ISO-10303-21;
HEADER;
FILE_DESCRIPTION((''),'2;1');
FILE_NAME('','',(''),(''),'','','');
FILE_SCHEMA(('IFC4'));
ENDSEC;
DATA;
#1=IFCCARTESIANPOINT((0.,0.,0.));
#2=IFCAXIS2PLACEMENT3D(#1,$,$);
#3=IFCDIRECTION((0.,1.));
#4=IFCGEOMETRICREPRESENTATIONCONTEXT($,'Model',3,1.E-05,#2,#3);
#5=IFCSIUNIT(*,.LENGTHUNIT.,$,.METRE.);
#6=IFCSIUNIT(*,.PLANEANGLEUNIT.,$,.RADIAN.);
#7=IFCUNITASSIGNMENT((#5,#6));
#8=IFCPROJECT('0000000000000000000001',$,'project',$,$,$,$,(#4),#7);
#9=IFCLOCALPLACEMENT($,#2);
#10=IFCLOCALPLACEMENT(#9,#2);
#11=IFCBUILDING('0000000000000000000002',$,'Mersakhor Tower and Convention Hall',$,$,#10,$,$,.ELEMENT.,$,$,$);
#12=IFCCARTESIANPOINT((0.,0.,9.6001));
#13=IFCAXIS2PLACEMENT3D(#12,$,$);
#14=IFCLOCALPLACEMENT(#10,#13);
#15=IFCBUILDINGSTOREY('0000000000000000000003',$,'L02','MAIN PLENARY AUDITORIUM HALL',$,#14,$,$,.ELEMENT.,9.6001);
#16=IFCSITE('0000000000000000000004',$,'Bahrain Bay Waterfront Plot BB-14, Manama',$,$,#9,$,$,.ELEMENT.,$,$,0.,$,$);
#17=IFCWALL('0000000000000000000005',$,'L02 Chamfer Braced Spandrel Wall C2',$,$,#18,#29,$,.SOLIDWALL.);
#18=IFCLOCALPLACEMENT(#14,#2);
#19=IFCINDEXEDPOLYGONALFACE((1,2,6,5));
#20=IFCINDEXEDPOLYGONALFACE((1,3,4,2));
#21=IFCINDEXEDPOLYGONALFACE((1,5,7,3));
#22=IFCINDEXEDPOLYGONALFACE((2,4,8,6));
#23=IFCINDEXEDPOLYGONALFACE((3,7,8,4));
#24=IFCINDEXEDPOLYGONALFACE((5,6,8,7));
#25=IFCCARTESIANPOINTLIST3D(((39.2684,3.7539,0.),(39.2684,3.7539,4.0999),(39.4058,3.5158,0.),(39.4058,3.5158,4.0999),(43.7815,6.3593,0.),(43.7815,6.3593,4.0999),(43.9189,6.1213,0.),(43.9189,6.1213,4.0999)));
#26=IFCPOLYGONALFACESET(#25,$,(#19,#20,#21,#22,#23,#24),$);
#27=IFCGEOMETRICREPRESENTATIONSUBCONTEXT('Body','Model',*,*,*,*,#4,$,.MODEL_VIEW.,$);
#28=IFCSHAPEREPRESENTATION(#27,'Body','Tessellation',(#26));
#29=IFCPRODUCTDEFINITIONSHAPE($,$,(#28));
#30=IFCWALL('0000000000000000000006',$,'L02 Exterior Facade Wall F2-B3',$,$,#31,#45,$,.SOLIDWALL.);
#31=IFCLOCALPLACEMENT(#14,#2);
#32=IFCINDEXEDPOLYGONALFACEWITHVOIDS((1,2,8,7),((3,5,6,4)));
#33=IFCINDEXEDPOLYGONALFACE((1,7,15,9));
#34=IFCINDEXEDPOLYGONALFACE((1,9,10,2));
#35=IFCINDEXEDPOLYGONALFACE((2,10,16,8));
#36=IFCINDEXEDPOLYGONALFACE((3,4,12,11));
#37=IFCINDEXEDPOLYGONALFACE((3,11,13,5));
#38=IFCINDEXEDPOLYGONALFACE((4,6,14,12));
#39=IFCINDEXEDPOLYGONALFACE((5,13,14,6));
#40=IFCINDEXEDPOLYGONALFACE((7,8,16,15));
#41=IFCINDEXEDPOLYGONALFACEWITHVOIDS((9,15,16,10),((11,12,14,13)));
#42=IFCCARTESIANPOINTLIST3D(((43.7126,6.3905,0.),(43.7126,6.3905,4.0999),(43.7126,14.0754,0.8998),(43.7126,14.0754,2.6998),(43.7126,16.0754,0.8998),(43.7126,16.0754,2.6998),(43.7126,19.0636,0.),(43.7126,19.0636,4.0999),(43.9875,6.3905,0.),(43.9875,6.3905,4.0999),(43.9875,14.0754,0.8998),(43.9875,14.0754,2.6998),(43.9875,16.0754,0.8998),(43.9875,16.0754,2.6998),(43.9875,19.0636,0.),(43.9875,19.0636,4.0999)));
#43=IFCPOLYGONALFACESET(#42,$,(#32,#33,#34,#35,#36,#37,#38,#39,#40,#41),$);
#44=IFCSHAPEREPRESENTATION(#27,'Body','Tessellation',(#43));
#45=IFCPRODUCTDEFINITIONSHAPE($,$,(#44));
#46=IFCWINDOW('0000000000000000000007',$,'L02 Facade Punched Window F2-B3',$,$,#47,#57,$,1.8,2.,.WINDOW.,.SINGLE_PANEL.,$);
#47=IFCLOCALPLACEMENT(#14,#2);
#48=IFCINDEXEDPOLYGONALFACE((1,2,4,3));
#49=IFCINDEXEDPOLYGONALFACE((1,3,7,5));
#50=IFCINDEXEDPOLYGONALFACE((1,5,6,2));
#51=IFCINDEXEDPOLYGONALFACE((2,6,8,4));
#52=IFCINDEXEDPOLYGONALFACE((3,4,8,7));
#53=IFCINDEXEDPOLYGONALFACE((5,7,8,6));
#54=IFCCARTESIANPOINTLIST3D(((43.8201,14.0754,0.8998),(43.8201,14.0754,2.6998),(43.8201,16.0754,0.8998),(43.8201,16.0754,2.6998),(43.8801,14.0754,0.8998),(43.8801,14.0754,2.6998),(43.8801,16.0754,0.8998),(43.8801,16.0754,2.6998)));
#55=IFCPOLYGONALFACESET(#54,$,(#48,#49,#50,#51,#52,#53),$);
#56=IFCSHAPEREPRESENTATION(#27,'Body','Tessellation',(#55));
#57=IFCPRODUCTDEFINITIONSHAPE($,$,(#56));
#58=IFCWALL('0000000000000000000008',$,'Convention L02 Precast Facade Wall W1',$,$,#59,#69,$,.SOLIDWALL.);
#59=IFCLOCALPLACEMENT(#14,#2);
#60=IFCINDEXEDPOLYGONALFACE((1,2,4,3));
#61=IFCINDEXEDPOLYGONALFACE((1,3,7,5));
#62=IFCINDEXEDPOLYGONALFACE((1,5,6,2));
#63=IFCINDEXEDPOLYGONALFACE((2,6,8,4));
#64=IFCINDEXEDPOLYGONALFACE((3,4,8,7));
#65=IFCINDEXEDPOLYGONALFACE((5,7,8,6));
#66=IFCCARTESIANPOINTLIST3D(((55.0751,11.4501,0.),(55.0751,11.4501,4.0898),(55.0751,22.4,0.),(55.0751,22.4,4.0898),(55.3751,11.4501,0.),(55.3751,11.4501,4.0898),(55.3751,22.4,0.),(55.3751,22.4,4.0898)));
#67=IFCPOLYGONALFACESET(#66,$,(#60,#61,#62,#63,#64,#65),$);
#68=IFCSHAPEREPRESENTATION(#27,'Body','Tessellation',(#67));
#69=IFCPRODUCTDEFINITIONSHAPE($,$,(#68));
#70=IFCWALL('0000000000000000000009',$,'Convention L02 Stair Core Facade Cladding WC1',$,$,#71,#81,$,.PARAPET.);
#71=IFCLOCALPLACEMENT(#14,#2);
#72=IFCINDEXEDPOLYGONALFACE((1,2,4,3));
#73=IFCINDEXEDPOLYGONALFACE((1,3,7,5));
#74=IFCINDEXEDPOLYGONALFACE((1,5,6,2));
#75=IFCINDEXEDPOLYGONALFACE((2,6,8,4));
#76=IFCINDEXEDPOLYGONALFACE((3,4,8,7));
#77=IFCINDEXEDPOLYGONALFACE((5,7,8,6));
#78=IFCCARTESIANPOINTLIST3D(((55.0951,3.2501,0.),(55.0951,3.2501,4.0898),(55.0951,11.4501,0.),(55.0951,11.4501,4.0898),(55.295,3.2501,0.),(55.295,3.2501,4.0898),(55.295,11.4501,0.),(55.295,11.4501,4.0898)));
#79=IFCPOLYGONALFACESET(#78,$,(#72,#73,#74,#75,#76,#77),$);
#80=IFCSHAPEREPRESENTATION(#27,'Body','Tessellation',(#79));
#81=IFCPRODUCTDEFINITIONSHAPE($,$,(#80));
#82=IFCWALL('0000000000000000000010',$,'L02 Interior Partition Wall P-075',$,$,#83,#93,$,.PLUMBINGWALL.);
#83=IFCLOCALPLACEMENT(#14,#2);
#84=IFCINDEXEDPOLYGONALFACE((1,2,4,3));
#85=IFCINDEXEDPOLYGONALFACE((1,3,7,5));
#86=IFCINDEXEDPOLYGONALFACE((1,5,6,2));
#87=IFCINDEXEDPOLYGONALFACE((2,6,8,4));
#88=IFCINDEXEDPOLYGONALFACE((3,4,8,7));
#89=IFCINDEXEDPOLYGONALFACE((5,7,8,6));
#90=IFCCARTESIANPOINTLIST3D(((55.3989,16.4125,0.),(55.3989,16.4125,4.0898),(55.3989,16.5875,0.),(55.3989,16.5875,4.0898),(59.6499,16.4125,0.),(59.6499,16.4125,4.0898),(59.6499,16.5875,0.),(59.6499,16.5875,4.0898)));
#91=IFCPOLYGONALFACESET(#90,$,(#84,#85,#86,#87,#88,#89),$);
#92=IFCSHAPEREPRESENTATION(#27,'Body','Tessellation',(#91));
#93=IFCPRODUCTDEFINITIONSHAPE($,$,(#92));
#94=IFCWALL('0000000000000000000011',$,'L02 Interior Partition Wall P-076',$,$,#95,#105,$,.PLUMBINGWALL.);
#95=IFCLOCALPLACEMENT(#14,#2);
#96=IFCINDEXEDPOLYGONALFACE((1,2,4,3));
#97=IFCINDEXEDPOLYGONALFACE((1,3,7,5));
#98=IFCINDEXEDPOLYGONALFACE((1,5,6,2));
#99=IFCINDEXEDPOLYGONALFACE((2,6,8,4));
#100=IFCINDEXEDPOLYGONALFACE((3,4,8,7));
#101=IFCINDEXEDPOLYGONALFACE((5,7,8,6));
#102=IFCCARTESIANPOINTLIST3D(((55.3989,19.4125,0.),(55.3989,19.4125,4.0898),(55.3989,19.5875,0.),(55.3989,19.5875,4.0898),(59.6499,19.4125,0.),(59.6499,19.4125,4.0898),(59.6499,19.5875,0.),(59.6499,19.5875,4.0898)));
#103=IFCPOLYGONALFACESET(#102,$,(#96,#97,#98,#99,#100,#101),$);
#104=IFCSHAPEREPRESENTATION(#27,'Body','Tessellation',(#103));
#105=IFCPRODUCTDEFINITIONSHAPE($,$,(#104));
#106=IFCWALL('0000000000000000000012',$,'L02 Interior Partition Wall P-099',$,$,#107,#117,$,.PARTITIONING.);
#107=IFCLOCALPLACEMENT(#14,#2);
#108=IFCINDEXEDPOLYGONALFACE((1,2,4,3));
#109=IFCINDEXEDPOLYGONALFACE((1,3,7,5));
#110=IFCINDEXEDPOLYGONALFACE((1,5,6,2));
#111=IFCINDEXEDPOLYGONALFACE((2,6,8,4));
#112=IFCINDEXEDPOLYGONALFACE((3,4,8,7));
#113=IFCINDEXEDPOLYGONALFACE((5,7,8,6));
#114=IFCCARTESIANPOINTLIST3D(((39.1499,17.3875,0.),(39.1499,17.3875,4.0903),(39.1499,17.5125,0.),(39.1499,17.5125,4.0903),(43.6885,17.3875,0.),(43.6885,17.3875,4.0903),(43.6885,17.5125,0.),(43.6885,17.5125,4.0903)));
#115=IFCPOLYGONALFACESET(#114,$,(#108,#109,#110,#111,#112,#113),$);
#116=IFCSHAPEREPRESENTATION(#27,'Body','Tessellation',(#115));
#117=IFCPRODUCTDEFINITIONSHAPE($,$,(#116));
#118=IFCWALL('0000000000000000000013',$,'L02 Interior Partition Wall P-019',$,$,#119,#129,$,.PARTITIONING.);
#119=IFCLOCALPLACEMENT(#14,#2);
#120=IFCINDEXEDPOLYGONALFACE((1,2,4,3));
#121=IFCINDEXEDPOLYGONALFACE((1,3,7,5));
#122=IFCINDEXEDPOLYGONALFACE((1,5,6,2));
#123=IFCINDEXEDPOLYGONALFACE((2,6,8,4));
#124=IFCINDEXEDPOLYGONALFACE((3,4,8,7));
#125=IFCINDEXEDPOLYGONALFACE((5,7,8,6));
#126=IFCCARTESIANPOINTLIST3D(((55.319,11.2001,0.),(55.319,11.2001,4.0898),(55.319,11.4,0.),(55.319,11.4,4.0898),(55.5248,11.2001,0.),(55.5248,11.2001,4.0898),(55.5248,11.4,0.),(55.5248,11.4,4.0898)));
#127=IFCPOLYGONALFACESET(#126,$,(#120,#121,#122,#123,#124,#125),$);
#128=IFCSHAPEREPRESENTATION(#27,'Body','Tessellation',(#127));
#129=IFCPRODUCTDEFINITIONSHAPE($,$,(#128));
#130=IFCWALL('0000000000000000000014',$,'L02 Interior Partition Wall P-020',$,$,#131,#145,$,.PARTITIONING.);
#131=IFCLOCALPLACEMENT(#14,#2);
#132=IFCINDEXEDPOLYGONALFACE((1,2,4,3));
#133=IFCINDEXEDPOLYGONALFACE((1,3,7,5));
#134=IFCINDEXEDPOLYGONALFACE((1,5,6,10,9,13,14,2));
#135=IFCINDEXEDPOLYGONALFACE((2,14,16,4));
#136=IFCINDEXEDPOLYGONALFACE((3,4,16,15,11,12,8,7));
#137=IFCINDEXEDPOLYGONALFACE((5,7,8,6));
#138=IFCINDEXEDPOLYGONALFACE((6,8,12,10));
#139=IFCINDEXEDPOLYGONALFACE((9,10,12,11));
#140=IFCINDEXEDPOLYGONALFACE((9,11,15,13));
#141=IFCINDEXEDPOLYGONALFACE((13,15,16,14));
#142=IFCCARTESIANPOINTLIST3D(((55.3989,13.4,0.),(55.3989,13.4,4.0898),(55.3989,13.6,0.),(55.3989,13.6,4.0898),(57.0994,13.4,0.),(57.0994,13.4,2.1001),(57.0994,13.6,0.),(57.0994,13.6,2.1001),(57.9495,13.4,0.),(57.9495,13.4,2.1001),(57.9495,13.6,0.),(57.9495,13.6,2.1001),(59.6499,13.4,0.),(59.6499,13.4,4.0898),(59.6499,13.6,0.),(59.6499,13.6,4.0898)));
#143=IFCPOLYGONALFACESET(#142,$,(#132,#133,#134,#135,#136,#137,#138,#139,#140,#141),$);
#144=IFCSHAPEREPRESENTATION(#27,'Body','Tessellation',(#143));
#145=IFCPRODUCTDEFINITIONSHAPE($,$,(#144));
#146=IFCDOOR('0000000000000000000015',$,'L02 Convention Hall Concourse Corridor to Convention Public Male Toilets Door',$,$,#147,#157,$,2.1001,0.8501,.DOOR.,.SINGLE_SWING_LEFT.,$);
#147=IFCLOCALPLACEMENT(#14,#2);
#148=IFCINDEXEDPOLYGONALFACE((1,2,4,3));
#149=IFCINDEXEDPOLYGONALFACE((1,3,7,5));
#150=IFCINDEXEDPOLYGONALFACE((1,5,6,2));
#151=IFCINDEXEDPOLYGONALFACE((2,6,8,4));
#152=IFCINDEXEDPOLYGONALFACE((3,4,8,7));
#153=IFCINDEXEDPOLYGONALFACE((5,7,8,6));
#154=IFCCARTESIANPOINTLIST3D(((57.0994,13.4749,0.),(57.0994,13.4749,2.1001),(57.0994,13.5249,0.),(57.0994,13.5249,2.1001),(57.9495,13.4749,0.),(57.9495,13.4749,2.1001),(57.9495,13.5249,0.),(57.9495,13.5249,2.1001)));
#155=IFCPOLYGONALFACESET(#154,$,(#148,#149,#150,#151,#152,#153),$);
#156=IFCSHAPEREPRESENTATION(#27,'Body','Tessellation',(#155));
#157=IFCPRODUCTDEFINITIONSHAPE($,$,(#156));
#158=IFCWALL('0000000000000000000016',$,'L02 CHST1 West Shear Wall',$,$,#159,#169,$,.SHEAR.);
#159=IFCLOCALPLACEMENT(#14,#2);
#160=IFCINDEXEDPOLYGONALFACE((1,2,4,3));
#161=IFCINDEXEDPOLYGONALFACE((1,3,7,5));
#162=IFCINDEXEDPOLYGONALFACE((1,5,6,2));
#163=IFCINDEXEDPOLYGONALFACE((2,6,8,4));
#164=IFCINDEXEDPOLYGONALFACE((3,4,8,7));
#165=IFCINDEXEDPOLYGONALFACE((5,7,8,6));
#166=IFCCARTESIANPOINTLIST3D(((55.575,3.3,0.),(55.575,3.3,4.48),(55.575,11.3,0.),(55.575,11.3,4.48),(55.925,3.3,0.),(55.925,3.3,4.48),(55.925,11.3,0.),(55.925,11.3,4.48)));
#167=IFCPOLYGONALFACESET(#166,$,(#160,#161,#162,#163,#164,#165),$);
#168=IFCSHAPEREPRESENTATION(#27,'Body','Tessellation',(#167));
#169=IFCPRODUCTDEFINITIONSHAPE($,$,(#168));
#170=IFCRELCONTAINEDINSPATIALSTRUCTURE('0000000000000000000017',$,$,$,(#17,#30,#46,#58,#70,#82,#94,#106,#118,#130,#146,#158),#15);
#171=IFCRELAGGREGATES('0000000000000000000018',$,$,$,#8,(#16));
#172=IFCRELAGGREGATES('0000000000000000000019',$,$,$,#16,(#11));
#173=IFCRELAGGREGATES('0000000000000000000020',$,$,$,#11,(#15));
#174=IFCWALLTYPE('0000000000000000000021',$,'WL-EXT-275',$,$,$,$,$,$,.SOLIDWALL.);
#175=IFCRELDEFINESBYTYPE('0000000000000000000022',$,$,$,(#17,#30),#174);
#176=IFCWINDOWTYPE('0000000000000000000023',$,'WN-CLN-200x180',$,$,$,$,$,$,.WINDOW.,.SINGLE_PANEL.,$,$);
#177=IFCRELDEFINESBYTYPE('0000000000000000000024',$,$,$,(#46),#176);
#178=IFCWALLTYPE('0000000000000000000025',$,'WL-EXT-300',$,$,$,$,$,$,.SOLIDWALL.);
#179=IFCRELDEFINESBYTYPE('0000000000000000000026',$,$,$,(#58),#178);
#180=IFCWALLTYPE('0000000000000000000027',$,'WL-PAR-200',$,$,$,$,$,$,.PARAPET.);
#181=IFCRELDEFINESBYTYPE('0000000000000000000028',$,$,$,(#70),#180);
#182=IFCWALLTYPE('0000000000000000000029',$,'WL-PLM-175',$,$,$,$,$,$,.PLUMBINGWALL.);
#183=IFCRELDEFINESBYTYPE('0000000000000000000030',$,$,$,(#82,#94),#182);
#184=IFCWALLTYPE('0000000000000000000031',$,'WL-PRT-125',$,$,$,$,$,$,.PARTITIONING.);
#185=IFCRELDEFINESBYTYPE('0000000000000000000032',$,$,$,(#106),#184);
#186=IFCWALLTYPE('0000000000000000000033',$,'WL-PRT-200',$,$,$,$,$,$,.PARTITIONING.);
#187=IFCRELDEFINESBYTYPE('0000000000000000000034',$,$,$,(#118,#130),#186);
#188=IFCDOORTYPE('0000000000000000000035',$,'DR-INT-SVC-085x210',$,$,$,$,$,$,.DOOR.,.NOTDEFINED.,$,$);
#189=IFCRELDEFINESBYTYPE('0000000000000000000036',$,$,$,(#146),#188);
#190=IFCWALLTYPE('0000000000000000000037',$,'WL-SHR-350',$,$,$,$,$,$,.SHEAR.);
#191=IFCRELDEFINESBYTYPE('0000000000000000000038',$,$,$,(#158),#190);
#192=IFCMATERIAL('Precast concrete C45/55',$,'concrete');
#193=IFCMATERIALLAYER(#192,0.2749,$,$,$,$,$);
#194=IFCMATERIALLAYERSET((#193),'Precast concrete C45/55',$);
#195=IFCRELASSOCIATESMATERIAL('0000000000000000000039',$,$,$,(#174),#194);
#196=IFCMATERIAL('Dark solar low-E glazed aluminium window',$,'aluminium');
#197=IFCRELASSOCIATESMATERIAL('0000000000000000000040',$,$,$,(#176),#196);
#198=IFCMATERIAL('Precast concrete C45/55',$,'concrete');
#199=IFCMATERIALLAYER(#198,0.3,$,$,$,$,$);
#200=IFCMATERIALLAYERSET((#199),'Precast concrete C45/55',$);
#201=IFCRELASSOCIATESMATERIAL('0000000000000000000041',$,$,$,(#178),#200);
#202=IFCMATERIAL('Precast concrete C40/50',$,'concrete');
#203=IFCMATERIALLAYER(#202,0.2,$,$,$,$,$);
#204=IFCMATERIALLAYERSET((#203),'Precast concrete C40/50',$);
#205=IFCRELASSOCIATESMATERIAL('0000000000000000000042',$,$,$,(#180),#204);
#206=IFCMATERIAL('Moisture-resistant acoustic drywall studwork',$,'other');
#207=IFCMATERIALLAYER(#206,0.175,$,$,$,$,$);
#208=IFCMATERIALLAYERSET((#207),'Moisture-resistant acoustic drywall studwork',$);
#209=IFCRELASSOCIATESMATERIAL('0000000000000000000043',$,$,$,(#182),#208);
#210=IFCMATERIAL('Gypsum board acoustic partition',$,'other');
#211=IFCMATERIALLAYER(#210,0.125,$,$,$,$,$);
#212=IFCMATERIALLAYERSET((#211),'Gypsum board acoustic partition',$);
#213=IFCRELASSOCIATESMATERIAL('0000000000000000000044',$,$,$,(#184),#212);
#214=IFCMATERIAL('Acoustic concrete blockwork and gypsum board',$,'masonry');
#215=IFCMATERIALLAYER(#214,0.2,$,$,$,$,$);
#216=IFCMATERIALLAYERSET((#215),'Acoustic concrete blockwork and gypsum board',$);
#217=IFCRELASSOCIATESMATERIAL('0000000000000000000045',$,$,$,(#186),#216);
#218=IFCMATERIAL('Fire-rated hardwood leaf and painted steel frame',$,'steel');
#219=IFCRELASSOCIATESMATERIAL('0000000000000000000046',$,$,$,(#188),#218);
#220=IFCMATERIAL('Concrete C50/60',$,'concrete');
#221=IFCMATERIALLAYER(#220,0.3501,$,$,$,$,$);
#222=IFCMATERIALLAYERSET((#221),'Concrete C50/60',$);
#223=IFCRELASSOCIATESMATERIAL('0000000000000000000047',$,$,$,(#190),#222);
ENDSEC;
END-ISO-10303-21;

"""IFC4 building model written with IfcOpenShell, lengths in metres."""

from ifc_helpers import new_model, si_unit, direction, frame, frame_2d, origin, place, context, subcontext, project, spatial, rectangle, extrude, material, layer, layer_set, type_object, element, fill, save


model = new_model("IFC4")

# Units and contexts
model_context = context("Model", 3, precision=1e-05, world=origin(), true_north=direction((0.0, 1.0)))
body_context = subcontext(model_context, "Body", "Model", "MODEL_VIEW")
ifc_project = project(units=[si_unit("LENGTHUNIT", "METRE"), si_unit("PLANEANGLEUNIT", "RADIAN")], contexts=[model_context])

# Site, building, storey
site_placement = place(None, origin())
site = spatial("IfcSite", under=ifc_project, at=site_placement, Name="Bahrain Bay Waterfront Plot BB-14, Manama", CompositionType="ELEMENT", RefElevation=0.0)
building_placement = place(site_placement, origin())
building = spatial("IfcBuilding", under=site, at=building_placement, Name="Mersakhor Tower and Convention Hall", CompositionType="ELEMENT")
storey_placement = place(building_placement, frame((0.0, 0.0, 9.6001)))
storey = spatial("IfcBuildingStorey", under=building, at=storey_placement, Name="L02", Description="MAIN PLENARY AUDITORIUM HALL", CompositionType="ELEMENT", Elevation=9.6001)

# Wall
ifc_material_1 = material(Name="Precast concrete C45/55", Category="concrete")
ifc_layer_1 = layer(ifc_material_1, 0.2749)
ifc_layer_set_1 = layer_set([ifc_layer_1], Name="Precast concrete C45/55")
wall_type_1 = type_object("IfcWallType", Name="WL-EXT-275", PredefinedType="SOLIDWALL", material=ifc_layer_set_1)
wall_1_placement = place(storey_placement, frame((43.8501, 6.2402, 0.0), z_axis=(0.0, 0.0, 1.0), x_axis=(-0.866044, -0.499968, 0.0)))
element("IfcWall", 1, at=wall_1_placement, inside=storey, type_object=wall_type_1, Name="L02 Chamfer Braced Spandrel Wall C2", PredefinedType="SOLIDWALL", context=body_context, shape_type="SweptSolid", body=[
    extrude(rectangle(XDim=5.2112, YDim=0.2749, at=frame_2d((2.6055, 0.0))), origin(), (0.0, 0.0, 1.0), 4.0999),
])

# Wall, opening, window
wall_2_placement = place(storey_placement, frame((43.8501, 19.0635, 0.0), z_axis=(0.0, 0.0, 1.0), x_axis=(0.0, -1.0, 0.0)))
wall_2 = element("IfcWall", 2, at=wall_2_placement, inside=storey, type_object=wall_type_1, Name="L02 Exterior Facade Wall F2-B3", PredefinedType="SOLIDWALL", context=body_context, shape_type="SweptSolid", body=[
    extrude(rectangle(XDim=12.6731, YDim=0.2749, at=frame_2d((6.3364, 0.0))), origin(), (0.0, 0.0, 1.0), 4.0999),
])
opening_1_placement = place(wall_2_placement, frame((2.988, 0.0, 0.8999)))
opening_1 = element("IfcOpeningElement", 3, at=opening_1_placement, cuts=wall_2, PredefinedType="OPENING", context=body_context, shape_type="SweptSolid", body=[
    extrude(rectangle(XDim=2.0, YDim=1.8, at=frame_2d((1.0, 0.8999))), frame((0.0, 0.1475, 0.0), z_axis=(0.0, -1.0, 0.0), x_axis=(1.0, 0.0, 0.0)), (0.0, 0.0, 1.0), 0.2949),
])
ifc_material_2 = material(Name="Dark solar low-E glazed aluminium window", Category="aluminium")
window_type = type_object("IfcWindowType", Name="WN-CLN-200x180", PartitioningType="SINGLE_PANEL", PredefinedType="WINDOW", material=ifc_material_2)
window_placement = place(opening_1_placement, origin())
window = element("IfcWindow", 4, at=window_placement, inside=storey, type_object=window_type, Name="L02 Facade Punched Window F2-B3", OverallHeight=1.8, OverallWidth=2.0, PartitioningType="SINGLE_PANEL", PredefinedType="WINDOW", context=body_context, shape_type="SweptSolid", body=[
    extrude(rectangle(XDim=2.0, YDim=1.8, at=frame_2d((1.0, 0.8999))), frame((0.0, 0.03, 0.0), z_axis=(0.0, -1.0, 0.0), x_axis=(1.0, 0.0, 0.0)), (0.0, 0.0, 1.0), 0.0601),
])
fill(opening_1, window)

# Walls
ifc_material_3 = material(Name="Precast concrete C45/55", Category="concrete")
ifc_layer_2 = layer(ifc_material_3, 0.3)
ifc_layer_set_2 = layer_set([ifc_layer_2], Name="Precast concrete C45/55")
wall_type_2 = type_object("IfcWallType", Name="WL-EXT-300", PredefinedType="SOLIDWALL", material=ifc_layer_set_2)
wall_3_placement = place(storey_placement, frame((55.2251, 11.45, 0.0), z_axis=(0.0, 0.0, 1.0), x_axis=(0.0, 1.0, 0.0)))
element("IfcWall", 5, at=wall_3_placement, inside=storey, type_object=wall_type_2, Name="Convention L02 Precast Facade Wall W1", PredefinedType="SOLIDWALL", context=body_context, shape_type="SweptSolid", body=[
    extrude(rectangle(XDim=10.95, YDim=0.3, at=frame_2d((5.4751, 0.0))), origin(), (0.0, 0.0, 1.0), 4.0898),
])
ifc_material_4 = material(Name="Precast concrete C40/50", Category="concrete")
ifc_layer_3 = layer(ifc_material_4, 0.2)
ifc_layer_set_3 = layer_set([ifc_layer_3], Name="Precast concrete C40/50")
wall_type_3 = type_object("IfcWallType", Name="WL-PAR-200", PredefinedType="PARAPET", material=ifc_layer_set_3)
wall_4_placement = place(storey_placement, frame((55.1951, 3.25, 0.0), z_axis=(0.0, 0.0, 1.0), x_axis=(0.0, 1.0, 0.0)))
element("IfcWall", 6, at=wall_4_placement, inside=storey, type_object=wall_type_3, Name="Convention L02 Stair Core Facade Cladding WC1", PredefinedType="PARAPET", context=body_context, shape_type="SweptSolid", body=[
    extrude(rectangle(XDim=8.2, YDim=0.2, at=frame_2d((4.1001, 0.0))), origin(), (0.0, 0.0, 1.0), 4.0898),
])
ifc_material_5 = material(Name="Moisture-resistant acoustic drywall studwork", Category="other")
ifc_layer_4 = layer(ifc_material_5, 0.175)
ifc_layer_set_4 = layer_set([ifc_layer_4], Name="Moisture-resistant acoustic drywall studwork")
wall_type_4 = type_object("IfcWallType", Name="WL-PLM-175", PredefinedType="PLUMBINGWALL", material=ifc_layer_set_4)
for number, where, z_axis, x_axis, name in (
    (7, (55.3989, 16.5, 0.0), (0.0, 0.0, 1.0), (1.0, 0.0, 0.0), "L02 Interior Partition Wall P-075"),
    (8, (55.3989, 19.5, 0.0), (0.0, 0.0, 1.0), (1.0, 0.0, 0.0), "L02 Interior Partition Wall P-076"),
):
    element("IfcWall", number, at=place(storey_placement, frame(where, z_axis=z_axis, x_axis=x_axis)), inside=storey, type_object=wall_type_4, Name=name, PredefinedType="PLUMBINGWALL", context=body_context, shape_type="SweptSolid", body=[
        extrude(rectangle(XDim=4.251, YDim=0.175, at=frame_2d((2.1255, 0.0))), origin(), (0.0, 0.0, 1.0), 4.0898),
    ])
ifc_material_6 = material(Name="Gypsum board acoustic partition", Category="other")
ifc_layer_5 = layer(ifc_material_6, 0.125)
ifc_layer_set_5 = layer_set([ifc_layer_5], Name="Gypsum board acoustic partition")
wall_type_5 = type_object("IfcWallType", Name="WL-PRT-125", PredefinedType="PARTITIONING", material=ifc_layer_set_5)
wall_5_placement = place(storey_placement, frame((43.6885, 17.45, 0.0), z_axis=(0.0, 0.0, 1.0), x_axis=(-1.0, 0.0, 0.0)))
element("IfcWall", 9, at=wall_5_placement, inside=storey, type_object=wall_type_5, Name="L02 Interior Partition Wall P-099", PredefinedType="PARTITIONING", context=body_context, shape_type="SweptSolid", body=[
    extrude(rectangle(XDim=4.5386, YDim=0.125, at=frame_2d((2.2693, 0.0))), origin(), (0.0, 0.0, 1.0), 4.0903),
])
ifc_material_7 = material(Name="Acoustic concrete blockwork and gypsum board", Category="masonry")
ifc_layer_6 = layer(ifc_material_7, 0.2)
ifc_layer_set_6 = layer_set([ifc_layer_6], Name="Acoustic concrete blockwork and gypsum board")
wall_type_6 = type_object("IfcWallType", Name="WL-PRT-200", PredefinedType="PARTITIONING", material=ifc_layer_set_6)
wall_6_placement = place(storey_placement, frame((55.5249, 11.3, 0.0), z_axis=(0.0, 0.0, 1.0), x_axis=(-1.0, 0.0, 0.0)))
element("IfcWall", 10, at=wall_6_placement, inside=storey, type_object=wall_type_6, Name="L02 Interior Partition Wall P-019", PredefinedType="PARTITIONING", context=body_context, shape_type="SweptSolid", body=[
    extrude(rectangle(XDim=0.2058, YDim=0.2, at=frame_2d((0.103, 0.0))), origin(), (0.0, 0.0, 1.0), 4.0898),
])

# Wall, opening, door
wall_7_placement = place(storey_placement, frame((55.3989, 13.5, 0.0), z_axis=(0.0, 0.0, 1.0), x_axis=(1.0, 0.0, 0.0)))
wall_7 = element("IfcWall", 11, at=wall_7_placement, inside=storey, type_object=wall_type_6, Name="L02 Interior Partition Wall P-020", PredefinedType="PARTITIONING", context=body_context, shape_type="SweptSolid", body=[
    extrude(rectangle(XDim=4.251, YDim=0.2, at=frame_2d((2.1255, 0.0))), origin(), (0.0, 0.0, 1.0), 4.0898),
])
opening_2_placement = place(wall_7_placement, frame((1.7004, 0.0, 0.0)))
opening_2 = element("IfcOpeningElement", 12, at=opening_2_placement, cuts=wall_7, PredefinedType="OPENING", context=body_context, shape_type="SweptSolid", body=[
    extrude(rectangle(XDim=0.8501, YDim=2.1001, at=frame_2d((0.425, 1.05))), frame((0.0, 0.1099, 0.0), z_axis=(0.0, -1.0, 0.0), x_axis=(1.0, 0.0, 0.0)), (0.0, 0.0, 1.0), 0.22),
])
ifc_material_8 = material(Name="Fire-rated hardwood leaf and painted steel frame", Category="steel")
door_type_1 = type_object("IfcDoorType", Name="DR-INT-SVC-085x210", OperationType="NOTDEFINED", PredefinedType="DOOR", material=ifc_material_8)
door_1_placement = place(opening_2_placement, origin())
door_1 = element("IfcDoor", 13, at=door_1_placement, inside=storey, type_object=door_type_1, Name="L02 Convention Hall Concourse Corridor to Convention Public Male Toilets Door", OperationType="SINGLE_SWING_LEFT", OverallHeight=2.1001, OverallWidth=0.8501, PredefinedType="DOOR", context=body_context, shape_type="SweptSolid", body=[
    extrude(rectangle(XDim=0.8501, YDim=2.1001, at=frame_2d((0.425, 1.05))), frame((0.0, 0.0249, 0.0), z_axis=(0.0, -1.0, 0.0), x_axis=(1.0, 0.0, 0.0)), (0.0, 0.0, 1.0), 0.05),
])
fill(opening_2, door_1)

# Wall
ifc_material_9 = material(Name="Concrete C50/60", Category="concrete")
ifc_layer_7 = layer(ifc_material_9, 0.3501)
ifc_layer_set_7 = layer_set([ifc_layer_7], Name="Concrete C50/60")
wall_type_7 = type_object("IfcWallType", Name="WL-SHR-350", PredefinedType="SHEAR", material=ifc_layer_set_7)
wall_8_placement = place(storey_placement, frame((55.75, 3.3, 0.0), z_axis=(0.0, 0.0, 1.0), x_axis=(0.0, 1.0, 0.0)))
element("IfcWall", 14, at=wall_8_placement, inside=storey, type_object=wall_type_7, Name="L02 CHST1 West Shear Wall", PredefinedType="SHEAR", context=body_context, shape_type="SweptSolid", body=[
    extrude(rectangle(XDim=8.0, YDim=0.3501, at=frame_2d((4.0, 0.0))), origin(), (0.0, 0.0, 1.0), 4.48),
])

save(model, "model.ifc")
